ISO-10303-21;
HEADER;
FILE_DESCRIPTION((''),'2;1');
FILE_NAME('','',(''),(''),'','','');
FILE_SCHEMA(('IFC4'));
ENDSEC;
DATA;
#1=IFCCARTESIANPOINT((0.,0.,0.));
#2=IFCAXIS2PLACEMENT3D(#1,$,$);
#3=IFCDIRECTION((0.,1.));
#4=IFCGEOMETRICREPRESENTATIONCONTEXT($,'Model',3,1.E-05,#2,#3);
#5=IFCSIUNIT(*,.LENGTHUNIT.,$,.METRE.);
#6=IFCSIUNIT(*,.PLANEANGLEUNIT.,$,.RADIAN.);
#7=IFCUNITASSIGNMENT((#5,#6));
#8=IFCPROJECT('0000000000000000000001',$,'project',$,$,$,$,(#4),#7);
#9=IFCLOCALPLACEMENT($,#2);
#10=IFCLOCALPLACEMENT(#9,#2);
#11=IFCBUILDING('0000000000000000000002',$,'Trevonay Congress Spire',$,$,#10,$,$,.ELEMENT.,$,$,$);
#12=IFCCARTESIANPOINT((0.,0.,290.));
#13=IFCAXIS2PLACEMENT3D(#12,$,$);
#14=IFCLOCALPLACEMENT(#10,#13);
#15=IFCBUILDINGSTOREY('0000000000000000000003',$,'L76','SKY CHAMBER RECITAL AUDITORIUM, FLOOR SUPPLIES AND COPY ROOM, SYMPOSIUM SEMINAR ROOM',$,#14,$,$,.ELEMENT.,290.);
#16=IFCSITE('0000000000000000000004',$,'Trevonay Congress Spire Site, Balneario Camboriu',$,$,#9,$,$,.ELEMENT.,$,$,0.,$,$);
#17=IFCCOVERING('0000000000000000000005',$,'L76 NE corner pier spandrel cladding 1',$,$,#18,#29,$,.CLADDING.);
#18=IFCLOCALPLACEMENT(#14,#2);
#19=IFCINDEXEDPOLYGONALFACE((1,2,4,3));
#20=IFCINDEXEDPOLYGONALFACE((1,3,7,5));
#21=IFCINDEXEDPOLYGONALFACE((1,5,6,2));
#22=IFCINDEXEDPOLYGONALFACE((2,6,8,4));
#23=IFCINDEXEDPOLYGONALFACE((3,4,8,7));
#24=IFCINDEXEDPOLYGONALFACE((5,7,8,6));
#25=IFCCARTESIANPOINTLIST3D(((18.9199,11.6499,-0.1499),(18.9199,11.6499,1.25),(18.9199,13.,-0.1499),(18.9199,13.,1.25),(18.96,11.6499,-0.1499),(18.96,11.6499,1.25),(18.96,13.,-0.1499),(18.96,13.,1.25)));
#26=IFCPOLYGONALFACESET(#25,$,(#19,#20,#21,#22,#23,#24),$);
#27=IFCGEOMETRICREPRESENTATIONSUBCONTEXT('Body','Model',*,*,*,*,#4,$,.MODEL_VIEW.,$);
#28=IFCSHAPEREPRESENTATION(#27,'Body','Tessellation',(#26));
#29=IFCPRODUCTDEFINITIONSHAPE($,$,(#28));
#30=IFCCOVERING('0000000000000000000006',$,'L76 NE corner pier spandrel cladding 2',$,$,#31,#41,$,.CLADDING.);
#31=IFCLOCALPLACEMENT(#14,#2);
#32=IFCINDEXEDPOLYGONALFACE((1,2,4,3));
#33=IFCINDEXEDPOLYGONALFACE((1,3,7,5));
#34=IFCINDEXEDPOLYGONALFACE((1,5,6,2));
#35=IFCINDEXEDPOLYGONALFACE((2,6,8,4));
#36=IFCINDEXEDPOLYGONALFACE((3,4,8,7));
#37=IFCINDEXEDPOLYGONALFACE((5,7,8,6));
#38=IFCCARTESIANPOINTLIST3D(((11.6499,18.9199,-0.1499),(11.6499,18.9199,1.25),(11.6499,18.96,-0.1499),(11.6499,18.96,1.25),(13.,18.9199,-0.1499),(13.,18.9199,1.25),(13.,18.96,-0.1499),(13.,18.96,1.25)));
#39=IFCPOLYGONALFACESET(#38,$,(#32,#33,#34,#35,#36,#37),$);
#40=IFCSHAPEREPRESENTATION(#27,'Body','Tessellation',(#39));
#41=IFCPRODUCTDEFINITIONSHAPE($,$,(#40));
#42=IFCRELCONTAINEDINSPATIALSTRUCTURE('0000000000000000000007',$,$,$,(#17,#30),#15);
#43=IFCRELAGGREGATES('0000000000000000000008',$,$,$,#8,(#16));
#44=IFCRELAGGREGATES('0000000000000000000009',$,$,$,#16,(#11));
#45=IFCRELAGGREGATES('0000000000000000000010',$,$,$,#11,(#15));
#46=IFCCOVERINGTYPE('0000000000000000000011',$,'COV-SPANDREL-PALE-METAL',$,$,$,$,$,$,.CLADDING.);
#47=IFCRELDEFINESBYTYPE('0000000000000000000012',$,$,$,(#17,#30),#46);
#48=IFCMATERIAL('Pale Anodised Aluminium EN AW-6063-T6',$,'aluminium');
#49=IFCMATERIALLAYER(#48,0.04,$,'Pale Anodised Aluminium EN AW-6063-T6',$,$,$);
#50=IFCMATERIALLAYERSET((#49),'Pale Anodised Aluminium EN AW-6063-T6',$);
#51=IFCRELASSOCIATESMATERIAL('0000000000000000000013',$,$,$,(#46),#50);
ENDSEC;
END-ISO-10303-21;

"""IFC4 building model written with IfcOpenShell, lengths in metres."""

from ifc_helpers import new_model, si_unit, direction, frame, frame_2d, origin, place, context, subcontext, project, spatial, rectangle, extrude, material, layer, layer_set, type_object, element, save


model = new_model("IFC4")

# Units and contexts
model_context = context("Model", 3, precision=1e-05, world=origin(), true_north=direction((0.0, 1.0)))
body_context = subcontext(model_context, "Body", "Model", "MODEL_VIEW")
ifc_project = project(units=[si_unit("LENGTHUNIT", "METRE"), si_unit("PLANEANGLEUNIT", "RADIAN")], contexts=[model_context])

# Site, building, storey
site_placement = place(None, origin())
site = spatial("IfcSite", under=ifc_project, at=site_placement, Name="Trevonay Congress Spire Site, Balneario Camboriu", CompositionType="ELEMENT", RefElevation=0.0)
building_placement = place(site_placement, origin())
building = spatial("IfcBuilding", under=site, at=building_placement, Name="Trevonay Congress Spire", CompositionType="ELEMENT")
storey_placement = place(building_placement, frame((0.0, 0.0, 290.0)))
storey = spatial("IfcBuildingStorey", under=building, at=storey_placement, Name="L76", Description="SKY CHAMBER RECITAL AUDITORIUM, FLOOR SUPPLIES AND COPY ROOM, SYMPOSIUM SEMINAR ROOM", CompositionType="ELEMENT", Elevation=290.0)

# Shared definitions
ifc_material_1 = material(Name="Pale Anodised Aluminium EN AW-6063-T6", Category="aluminium")

# Coverings
ifc_layer_1 = layer(ifc_material_1, 0.04, Name="Pale Anodised Aluminium EN AW-6063-T6")
ifc_layer_set_1 = layer_set([ifc_layer_1], Name="Pale Anodised Aluminium EN AW-6063-T6")
covering_type = type_object("IfcCoveringType", Name="COV-SPANDREL-PALE-METAL", PredefinedType="CLADDING", material=ifc_layer_set_1)
for number, where, z_axis, x_axis, name in (
    (1, (18.9399, 11.6499, -0.1499), (0.0, 0.0, 1.0), (0.0, 1.0, 0.0), "L76 NE corner pier spandrel cladding 1"),
    (2, (11.6499, 18.9399, -0.1499), (0.0, 0.0, 1.0), (1.0, 0.0, 0.0), "L76 NE corner pier spandrel cladding 2"),
):
    element("IfcCovering", number, at=place(storey_placement, frame(where, z_axis=z_axis, x_axis=x_axis)), inside=storey, type_object=covering_type, Name=name, PredefinedType="CLADDING", context=body_context, shape_type="SweptSolid", body=[
        extrude(rectangle(XDim=1.3501, YDim=0.04, at=frame_2d((0.675, 0.0))), origin(), (0.0, 0.0, 1.0), 1.3999),
    ])

save(model, "model.ifc")
